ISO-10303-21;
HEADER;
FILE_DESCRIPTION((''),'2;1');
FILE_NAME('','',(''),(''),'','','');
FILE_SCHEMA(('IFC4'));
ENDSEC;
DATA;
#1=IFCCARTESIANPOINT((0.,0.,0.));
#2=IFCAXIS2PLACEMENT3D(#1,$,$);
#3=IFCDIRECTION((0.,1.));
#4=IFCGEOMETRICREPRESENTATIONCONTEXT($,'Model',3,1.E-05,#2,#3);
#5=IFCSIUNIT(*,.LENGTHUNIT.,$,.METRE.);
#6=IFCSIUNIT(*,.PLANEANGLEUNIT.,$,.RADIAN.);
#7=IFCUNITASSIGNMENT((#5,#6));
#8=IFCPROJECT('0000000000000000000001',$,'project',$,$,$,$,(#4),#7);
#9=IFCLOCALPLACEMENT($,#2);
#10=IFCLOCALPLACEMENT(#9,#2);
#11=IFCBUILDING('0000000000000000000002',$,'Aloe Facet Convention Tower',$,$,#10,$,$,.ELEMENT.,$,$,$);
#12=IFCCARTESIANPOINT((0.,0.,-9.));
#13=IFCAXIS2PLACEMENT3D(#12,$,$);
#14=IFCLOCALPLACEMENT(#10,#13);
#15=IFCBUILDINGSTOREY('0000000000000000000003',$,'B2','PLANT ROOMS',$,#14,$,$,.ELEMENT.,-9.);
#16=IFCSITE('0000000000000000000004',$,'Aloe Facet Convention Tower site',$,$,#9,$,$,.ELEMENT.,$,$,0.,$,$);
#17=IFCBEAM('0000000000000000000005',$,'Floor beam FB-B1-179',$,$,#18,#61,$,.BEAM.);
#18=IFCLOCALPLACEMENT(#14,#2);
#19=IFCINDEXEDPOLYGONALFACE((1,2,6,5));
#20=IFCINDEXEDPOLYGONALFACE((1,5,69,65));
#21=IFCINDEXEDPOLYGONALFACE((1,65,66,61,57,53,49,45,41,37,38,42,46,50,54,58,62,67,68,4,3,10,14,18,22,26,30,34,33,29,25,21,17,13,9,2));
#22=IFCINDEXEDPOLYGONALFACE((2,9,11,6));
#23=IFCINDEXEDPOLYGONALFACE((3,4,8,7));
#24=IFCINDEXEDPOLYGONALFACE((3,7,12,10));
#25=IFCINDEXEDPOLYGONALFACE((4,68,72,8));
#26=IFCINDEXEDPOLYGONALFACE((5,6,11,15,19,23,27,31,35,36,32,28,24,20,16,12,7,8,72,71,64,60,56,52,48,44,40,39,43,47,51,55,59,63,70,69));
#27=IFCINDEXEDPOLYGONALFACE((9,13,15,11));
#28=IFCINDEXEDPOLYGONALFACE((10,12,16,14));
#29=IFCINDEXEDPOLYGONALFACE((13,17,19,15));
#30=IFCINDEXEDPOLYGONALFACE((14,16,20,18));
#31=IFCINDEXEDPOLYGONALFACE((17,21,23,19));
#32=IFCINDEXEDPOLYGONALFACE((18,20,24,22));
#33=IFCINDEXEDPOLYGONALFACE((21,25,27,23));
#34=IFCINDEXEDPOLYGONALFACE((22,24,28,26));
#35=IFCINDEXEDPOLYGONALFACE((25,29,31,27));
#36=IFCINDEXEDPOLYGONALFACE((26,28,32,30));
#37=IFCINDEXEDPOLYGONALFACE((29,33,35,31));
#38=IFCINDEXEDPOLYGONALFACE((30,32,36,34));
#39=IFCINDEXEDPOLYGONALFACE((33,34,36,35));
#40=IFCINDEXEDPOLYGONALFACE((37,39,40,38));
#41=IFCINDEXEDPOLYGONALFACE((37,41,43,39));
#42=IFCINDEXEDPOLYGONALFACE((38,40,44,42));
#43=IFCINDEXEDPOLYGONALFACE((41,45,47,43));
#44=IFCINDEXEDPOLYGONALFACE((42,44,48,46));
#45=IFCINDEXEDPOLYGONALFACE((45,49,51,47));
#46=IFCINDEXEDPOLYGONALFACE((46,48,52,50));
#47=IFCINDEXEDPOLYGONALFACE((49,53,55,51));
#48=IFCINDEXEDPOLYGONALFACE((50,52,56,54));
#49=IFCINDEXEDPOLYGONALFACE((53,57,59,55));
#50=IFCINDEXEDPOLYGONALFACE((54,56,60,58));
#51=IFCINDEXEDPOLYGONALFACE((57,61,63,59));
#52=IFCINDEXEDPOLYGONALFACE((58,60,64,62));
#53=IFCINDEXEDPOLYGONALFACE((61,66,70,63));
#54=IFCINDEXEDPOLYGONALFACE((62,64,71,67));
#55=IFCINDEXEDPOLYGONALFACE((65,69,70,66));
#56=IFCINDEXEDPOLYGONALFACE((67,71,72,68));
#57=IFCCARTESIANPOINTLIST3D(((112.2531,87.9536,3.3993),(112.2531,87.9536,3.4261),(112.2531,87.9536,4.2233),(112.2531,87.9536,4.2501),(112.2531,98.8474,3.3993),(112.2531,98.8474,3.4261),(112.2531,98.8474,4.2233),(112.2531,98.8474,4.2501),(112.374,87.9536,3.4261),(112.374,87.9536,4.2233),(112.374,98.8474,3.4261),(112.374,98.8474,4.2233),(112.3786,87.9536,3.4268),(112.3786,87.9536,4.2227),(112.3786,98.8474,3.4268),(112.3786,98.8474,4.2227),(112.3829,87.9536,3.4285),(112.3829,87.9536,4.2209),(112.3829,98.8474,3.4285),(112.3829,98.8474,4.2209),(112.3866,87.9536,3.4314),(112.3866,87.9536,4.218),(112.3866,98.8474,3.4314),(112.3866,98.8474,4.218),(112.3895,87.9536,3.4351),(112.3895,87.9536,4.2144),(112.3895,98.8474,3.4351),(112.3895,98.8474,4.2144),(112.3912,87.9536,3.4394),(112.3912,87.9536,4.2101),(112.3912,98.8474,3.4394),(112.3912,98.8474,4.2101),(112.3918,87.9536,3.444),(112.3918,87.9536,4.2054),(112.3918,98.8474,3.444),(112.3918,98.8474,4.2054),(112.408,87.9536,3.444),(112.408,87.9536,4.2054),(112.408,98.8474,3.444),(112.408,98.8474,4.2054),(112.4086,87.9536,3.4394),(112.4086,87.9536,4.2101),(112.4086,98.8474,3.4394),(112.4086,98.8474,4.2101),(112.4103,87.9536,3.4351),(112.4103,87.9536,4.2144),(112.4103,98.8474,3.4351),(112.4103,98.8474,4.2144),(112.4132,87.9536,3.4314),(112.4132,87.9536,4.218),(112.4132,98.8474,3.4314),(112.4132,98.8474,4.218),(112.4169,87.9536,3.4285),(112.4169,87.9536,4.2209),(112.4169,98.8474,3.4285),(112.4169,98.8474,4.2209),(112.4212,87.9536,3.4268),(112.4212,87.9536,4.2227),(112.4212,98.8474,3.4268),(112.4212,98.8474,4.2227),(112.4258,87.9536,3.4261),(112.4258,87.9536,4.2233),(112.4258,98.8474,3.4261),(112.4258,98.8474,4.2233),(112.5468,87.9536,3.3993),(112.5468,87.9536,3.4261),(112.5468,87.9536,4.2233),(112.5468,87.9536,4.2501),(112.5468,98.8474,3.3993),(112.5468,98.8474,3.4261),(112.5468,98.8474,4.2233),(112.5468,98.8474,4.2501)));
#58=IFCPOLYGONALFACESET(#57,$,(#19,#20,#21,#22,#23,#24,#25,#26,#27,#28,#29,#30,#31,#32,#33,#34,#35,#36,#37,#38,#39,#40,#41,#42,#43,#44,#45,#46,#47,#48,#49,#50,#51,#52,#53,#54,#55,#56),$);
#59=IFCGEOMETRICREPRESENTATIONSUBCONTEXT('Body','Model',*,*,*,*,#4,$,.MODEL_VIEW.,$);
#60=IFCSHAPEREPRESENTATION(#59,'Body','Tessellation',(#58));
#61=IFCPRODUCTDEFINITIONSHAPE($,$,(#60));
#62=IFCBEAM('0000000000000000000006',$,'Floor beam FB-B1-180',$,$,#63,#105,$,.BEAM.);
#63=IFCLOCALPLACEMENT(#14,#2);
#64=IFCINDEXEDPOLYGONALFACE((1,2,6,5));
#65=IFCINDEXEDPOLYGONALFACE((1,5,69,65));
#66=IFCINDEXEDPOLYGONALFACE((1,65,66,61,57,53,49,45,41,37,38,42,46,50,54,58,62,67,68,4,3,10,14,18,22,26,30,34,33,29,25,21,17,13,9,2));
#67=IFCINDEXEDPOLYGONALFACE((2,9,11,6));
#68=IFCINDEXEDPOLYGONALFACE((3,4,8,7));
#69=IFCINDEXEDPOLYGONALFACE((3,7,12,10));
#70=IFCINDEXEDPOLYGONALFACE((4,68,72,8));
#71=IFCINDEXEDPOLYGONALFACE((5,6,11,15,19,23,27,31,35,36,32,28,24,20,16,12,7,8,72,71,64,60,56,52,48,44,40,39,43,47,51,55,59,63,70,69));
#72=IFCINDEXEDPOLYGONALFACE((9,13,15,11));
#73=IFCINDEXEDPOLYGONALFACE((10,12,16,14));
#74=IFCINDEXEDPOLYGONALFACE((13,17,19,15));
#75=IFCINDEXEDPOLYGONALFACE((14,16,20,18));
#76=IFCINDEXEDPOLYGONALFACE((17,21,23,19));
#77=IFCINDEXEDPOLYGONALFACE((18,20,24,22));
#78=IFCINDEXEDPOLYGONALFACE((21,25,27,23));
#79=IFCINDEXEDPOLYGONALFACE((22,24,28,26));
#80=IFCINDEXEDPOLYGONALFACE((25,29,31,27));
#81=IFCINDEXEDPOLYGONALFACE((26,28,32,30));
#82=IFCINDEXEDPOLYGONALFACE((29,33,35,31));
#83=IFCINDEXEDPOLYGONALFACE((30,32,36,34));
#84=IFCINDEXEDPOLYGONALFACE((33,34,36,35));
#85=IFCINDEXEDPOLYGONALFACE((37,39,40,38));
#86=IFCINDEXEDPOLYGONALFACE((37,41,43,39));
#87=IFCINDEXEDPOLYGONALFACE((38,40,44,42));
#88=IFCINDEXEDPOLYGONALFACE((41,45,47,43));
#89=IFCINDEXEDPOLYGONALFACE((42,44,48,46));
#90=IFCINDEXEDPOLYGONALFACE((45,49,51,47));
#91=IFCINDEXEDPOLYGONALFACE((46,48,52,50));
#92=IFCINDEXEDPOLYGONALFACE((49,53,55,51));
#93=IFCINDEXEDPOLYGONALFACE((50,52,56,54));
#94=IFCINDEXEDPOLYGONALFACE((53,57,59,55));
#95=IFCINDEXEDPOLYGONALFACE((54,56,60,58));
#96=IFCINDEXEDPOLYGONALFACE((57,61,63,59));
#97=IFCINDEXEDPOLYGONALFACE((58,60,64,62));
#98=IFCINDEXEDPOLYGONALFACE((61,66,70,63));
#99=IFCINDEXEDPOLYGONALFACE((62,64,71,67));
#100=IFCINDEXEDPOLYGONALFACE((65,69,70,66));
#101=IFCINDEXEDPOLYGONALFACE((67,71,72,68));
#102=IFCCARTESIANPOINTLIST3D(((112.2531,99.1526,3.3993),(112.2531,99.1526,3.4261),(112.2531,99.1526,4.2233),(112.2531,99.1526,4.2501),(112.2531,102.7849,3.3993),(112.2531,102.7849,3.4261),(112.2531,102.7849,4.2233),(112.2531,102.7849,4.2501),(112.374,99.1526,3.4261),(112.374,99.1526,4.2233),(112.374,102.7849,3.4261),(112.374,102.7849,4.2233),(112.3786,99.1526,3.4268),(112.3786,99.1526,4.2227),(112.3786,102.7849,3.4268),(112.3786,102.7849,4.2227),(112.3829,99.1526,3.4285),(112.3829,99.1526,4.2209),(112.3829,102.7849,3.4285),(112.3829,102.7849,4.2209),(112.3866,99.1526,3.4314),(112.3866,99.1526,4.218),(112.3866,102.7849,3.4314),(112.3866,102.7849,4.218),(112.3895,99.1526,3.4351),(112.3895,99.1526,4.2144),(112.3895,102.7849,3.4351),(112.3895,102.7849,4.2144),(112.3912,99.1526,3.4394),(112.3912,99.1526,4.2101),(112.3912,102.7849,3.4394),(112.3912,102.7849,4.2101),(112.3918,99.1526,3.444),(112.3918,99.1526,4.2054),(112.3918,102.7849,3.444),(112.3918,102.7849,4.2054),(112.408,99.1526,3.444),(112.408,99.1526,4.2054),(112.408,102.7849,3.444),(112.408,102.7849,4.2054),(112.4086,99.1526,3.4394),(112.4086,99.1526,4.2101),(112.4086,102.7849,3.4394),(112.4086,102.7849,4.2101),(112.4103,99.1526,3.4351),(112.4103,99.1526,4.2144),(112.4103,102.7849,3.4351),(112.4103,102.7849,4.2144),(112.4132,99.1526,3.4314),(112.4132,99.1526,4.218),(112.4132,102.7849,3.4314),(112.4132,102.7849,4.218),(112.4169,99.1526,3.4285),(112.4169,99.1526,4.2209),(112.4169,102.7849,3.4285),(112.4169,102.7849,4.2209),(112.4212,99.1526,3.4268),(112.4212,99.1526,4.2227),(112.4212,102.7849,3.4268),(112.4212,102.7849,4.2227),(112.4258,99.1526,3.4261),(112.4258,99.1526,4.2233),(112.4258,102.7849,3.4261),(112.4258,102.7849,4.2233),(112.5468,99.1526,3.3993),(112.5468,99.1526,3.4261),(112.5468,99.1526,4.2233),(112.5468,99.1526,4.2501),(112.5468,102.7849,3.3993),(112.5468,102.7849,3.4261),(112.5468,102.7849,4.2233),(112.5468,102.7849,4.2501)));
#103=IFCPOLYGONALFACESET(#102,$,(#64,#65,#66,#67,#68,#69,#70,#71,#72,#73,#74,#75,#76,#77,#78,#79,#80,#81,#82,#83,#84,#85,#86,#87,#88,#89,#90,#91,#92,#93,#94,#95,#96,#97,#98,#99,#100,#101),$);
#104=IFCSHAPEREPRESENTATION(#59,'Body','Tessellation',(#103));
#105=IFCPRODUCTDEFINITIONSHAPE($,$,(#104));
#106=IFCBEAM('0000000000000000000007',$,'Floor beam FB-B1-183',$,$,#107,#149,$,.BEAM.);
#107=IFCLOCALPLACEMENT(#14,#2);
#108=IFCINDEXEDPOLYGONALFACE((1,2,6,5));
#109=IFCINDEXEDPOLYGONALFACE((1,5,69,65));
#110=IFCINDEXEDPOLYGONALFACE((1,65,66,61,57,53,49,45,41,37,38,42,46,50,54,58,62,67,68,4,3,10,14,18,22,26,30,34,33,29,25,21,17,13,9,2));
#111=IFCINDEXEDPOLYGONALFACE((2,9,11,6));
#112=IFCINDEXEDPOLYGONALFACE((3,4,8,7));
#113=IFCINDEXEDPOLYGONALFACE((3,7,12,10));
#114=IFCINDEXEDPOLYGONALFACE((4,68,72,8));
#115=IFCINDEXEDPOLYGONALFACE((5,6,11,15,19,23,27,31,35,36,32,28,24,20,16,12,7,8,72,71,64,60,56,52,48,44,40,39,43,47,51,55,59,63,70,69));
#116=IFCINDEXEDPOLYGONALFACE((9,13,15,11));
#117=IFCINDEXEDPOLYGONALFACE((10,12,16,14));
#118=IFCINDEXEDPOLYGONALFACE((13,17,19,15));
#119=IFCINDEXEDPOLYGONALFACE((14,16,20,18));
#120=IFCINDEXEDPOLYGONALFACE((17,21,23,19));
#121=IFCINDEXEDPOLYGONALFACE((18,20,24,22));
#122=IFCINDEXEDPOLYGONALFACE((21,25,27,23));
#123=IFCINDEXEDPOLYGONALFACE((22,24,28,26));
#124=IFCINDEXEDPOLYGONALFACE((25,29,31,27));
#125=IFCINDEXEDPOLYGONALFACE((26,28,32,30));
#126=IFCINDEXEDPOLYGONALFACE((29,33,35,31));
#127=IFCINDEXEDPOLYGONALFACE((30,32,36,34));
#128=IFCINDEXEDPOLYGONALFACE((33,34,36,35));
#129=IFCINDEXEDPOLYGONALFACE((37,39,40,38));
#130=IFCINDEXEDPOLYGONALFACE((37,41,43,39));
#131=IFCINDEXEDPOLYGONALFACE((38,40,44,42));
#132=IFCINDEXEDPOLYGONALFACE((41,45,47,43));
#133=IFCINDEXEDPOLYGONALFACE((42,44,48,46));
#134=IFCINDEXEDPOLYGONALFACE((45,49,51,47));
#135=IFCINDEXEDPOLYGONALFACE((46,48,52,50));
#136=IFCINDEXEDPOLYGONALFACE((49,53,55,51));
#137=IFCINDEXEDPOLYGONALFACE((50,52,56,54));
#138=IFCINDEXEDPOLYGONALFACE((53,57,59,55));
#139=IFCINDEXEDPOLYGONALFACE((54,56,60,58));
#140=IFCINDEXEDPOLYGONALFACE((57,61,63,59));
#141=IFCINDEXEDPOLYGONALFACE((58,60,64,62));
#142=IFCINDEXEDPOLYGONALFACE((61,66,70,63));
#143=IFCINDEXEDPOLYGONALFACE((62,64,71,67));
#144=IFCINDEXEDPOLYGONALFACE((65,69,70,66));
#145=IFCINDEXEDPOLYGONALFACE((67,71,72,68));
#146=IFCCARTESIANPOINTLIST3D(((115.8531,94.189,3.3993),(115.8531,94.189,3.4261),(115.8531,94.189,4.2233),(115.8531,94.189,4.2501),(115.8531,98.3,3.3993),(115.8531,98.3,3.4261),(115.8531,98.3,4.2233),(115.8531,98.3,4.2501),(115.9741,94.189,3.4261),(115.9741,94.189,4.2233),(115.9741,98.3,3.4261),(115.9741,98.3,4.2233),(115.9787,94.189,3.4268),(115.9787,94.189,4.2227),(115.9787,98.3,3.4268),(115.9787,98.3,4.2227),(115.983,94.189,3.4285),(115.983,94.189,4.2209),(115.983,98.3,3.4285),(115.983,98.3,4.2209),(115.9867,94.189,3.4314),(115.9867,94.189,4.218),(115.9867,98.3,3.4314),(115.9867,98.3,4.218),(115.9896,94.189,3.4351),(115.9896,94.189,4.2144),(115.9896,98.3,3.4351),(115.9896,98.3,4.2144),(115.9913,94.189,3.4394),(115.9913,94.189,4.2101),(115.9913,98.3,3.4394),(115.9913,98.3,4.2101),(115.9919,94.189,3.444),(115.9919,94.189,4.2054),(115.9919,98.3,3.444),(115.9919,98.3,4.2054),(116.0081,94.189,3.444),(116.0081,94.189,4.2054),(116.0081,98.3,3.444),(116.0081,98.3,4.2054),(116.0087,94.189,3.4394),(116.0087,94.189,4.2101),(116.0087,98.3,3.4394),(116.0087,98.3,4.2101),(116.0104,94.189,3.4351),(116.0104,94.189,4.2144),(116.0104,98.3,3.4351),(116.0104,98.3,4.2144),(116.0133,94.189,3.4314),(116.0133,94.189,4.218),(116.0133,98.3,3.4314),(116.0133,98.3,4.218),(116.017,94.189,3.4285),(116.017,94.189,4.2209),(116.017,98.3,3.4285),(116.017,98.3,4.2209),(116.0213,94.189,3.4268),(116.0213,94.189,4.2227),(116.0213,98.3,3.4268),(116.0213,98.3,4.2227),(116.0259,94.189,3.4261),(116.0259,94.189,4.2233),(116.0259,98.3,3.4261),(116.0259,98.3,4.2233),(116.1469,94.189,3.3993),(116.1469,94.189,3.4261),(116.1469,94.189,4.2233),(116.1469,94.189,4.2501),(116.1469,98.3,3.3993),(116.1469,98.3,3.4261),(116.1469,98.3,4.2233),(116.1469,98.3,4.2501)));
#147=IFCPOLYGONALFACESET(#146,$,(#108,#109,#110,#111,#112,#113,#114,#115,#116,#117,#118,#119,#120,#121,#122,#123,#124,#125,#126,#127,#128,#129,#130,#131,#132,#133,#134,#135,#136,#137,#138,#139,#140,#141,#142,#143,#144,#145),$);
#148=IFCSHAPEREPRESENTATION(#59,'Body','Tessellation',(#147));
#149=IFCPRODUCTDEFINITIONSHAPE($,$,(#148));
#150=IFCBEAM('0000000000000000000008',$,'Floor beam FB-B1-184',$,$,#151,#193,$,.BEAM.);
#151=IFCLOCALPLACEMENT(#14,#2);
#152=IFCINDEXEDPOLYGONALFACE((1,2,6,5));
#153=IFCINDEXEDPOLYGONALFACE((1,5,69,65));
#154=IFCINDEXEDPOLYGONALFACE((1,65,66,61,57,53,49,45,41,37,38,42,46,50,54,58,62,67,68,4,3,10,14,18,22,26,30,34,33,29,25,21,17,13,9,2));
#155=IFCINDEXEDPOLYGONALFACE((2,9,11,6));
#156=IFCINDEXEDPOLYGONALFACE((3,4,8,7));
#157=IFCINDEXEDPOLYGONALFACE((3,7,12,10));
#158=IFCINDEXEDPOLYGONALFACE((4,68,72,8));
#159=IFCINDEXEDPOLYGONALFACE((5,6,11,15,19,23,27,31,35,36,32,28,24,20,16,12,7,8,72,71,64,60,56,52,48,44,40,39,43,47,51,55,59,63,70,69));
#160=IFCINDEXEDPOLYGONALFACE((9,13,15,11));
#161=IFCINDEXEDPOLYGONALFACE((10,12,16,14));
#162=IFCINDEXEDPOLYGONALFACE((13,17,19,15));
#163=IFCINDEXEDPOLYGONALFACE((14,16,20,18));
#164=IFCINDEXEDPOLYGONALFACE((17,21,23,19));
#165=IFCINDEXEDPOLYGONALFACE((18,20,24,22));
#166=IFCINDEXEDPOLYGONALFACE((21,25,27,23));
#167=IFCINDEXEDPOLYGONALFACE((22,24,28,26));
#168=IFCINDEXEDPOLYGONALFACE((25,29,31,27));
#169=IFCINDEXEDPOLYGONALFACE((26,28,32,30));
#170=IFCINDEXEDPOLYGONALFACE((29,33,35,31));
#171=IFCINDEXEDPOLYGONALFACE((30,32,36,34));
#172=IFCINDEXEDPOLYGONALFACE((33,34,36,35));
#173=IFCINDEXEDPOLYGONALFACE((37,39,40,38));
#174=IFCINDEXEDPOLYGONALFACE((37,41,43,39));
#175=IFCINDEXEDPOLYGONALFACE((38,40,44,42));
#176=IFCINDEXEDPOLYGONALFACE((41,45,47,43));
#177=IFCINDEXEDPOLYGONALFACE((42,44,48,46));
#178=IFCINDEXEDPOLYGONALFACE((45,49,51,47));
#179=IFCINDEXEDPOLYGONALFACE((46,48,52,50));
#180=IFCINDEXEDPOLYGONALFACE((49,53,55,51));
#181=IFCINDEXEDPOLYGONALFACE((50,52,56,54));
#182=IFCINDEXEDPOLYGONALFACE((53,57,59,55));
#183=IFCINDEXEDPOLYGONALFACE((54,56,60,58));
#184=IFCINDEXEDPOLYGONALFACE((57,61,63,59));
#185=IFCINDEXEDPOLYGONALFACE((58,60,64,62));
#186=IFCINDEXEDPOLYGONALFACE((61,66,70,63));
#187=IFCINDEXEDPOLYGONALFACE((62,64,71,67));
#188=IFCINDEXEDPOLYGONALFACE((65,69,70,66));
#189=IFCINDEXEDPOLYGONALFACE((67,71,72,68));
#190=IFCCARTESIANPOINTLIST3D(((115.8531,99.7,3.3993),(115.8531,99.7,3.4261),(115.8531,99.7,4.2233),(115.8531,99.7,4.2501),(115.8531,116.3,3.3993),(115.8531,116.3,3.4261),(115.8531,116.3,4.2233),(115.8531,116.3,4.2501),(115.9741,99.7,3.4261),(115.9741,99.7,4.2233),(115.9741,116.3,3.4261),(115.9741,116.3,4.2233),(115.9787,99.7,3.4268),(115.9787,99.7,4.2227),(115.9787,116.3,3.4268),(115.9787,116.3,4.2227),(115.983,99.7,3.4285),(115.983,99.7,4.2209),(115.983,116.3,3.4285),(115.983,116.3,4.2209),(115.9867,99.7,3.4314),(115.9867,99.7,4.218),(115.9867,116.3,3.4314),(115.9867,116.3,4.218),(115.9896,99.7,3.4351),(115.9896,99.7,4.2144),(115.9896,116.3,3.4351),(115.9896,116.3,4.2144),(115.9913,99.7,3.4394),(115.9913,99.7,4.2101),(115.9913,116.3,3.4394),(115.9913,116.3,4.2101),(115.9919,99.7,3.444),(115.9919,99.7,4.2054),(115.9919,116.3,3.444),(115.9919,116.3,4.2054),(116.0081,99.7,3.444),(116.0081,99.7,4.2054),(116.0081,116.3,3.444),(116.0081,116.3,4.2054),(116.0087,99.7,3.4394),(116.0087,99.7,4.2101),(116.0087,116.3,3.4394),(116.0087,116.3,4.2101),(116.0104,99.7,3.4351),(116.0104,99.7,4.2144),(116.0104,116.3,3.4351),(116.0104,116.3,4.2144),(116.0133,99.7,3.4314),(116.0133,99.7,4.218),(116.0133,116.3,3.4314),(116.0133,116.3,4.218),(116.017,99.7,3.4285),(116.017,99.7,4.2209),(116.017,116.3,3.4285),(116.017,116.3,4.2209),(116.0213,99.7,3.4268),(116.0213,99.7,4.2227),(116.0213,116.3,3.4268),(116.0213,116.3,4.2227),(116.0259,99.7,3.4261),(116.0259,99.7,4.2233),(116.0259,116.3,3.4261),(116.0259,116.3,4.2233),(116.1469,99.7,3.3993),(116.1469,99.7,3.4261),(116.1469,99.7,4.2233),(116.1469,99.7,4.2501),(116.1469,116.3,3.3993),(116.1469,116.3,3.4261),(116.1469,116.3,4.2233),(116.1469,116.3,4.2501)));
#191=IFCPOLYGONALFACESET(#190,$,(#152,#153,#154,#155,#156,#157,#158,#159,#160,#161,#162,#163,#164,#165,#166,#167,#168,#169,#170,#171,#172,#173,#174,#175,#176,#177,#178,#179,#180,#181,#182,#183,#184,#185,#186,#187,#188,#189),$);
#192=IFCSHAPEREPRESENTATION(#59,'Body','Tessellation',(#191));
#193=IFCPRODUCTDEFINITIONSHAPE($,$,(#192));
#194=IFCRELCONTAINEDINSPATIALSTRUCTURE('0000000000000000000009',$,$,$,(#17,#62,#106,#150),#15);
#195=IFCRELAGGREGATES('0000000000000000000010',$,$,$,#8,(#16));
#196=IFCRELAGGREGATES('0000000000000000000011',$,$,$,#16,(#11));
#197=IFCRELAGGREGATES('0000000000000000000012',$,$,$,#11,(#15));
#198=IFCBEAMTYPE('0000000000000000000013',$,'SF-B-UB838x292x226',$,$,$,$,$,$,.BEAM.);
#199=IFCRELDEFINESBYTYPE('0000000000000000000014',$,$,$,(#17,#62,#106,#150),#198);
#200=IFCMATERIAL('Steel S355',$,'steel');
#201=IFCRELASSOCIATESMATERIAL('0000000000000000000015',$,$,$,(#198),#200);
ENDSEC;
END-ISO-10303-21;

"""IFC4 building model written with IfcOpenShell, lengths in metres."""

from ifc_helpers import new_model, si_unit, direction, frame, origin, origin_2d, place, context, subcontext, project, spatial, i_section, extrude, material, material_profile, profile_set, type_object, element, save


model = new_model("IFC4")

# Units and contexts
model_context = context("Model", 3, precision=1e-05, world=origin(), true_north=direction((0.0, 1.0)))
body_context = subcontext(model_context, "Body", "Model", "MODEL_VIEW")
ifc_project = project(units=[si_unit("LENGTHUNIT", "METRE"), si_unit("PLANEANGLEUNIT", "RADIAN")], contexts=[model_context])

# Site, building, storey
site_placement = place(None, origin())
site = spatial("IfcSite", under=ifc_project, at=site_placement, Name="Aloe Facet Convention Tower site", CompositionType="ELEMENT", RefElevation=0.0)
building_placement = place(site_placement, origin())
building = spatial("IfcBuilding", under=site, at=building_placement, Name="Aloe Facet Convention Tower", CompositionType="ELEMENT")
storey_placement = place(building_placement, frame((0.0, 0.0, -9.0)))
storey = spatial("IfcBuildingStorey", under=building, at=storey_placement, Name="B2", Description="PLANT ROOMS", CompositionType="ELEMENT", Elevation=-9.0)

# Beams
ifc_material_1 = material(Name="Steel S355", Category="steel")
ifc_material_profile_1 = material_profile(ifc_material_1, i_section(OverallWidth=0.2937, OverallDepth=0.8508, WebThickness=0.0161, FlangeThickness=0.0269, FilletRadius=0.0178, at=origin_2d()), Name="UB 838x292x226")
ifc_profile_set_1 = profile_set([ifc_material_profile_1], Name="Steel S355")
beam_type_1 = type_object("IfcBeamType", Name="SF-B-UB838x292x226", PredefinedType="BEAM", material=ifc_profile_set_1)
beam_1_placement = place(storey_placement, frame((112.3999, 87.9536, 3.8247), z_axis=(0.0, 1.0, 0.0), x_axis=(-1.0, 0.0, 0.0)))
element("IfcBeam", 1, at=beam_1_placement, inside=storey, type_object=beam_type_1, Name="Floor beam FB-B1-179", PredefinedType="BEAM", context=body_context, shape_type="SweptSolid", body=[
    extrude(i_section(OverallWidth=0.2937, OverallDepth=0.8508, WebThickness=0.0161, FlangeThickness=0.0269, FilletRadius=0.0178, at=origin_2d()), origin(), (0.0, 0.0, 1.0), 10.8938),
])
beam_2_placement = place(storey_placement, frame((112.3999, 99.1526, 3.8247), z_axis=(0.0, 1.0, 0.0), x_axis=(-1.0, 0.0, 0.0)))
element("IfcBeam", 2, at=beam_2_placement, inside=storey, type_object=beam_type_1, Name="Floor beam FB-B1-180", PredefinedType="BEAM", context=body_context, shape_type="SweptSolid", body=[
    extrude(i_section(OverallWidth=0.2937, OverallDepth=0.8508, WebThickness=0.0161, FlangeThickness=0.0269, FilletRadius=0.0178, at=origin_2d()), origin(), (0.0, 0.0, 1.0), 3.6323),
])
beam_3_placement = place(storey_placement, frame((116.0, 94.189, 3.8247), z_axis=(0.0, 1.0, 0.0), x_axis=(-1.0, 0.0, 0.0)))
element("IfcBeam", 3, at=beam_3_placement, inside=storey, type_object=beam_type_1, Name="Floor beam FB-B1-183", PredefinedType="BEAM", context=body_context, shape_type="SweptSolid", body=[
    extrude(i_section(OverallWidth=0.2937, OverallDepth=0.8508, WebThickness=0.0161, FlangeThickness=0.0269, FilletRadius=0.0178, at=origin_2d()), origin(), (0.0, 0.0, 1.0), 4.1111),
])
beam_4_placement = place(storey_placement, frame((116.0, 99.7, 3.8247), z_axis=(0.0, 1.0, 0.0), x_axis=(-1.0, 0.0, 0.0)))
element("IfcBeam", 4, at=beam_4_placement, inside=storey, type_object=beam_type_1, Name="Floor beam FB-B1-184", PredefinedType="BEAM", context=body_context, shape_type="SweptSolid", body=[
    extrude(i_section(OverallWidth=0.2937, OverallDepth=0.8508, WebThickness=0.0161, FlangeThickness=0.0269, FilletRadius=0.0178, at=origin_2d()), origin(), (0.0, 0.0, 1.0), 16.6001),
])

save(model, "model.ifc")
